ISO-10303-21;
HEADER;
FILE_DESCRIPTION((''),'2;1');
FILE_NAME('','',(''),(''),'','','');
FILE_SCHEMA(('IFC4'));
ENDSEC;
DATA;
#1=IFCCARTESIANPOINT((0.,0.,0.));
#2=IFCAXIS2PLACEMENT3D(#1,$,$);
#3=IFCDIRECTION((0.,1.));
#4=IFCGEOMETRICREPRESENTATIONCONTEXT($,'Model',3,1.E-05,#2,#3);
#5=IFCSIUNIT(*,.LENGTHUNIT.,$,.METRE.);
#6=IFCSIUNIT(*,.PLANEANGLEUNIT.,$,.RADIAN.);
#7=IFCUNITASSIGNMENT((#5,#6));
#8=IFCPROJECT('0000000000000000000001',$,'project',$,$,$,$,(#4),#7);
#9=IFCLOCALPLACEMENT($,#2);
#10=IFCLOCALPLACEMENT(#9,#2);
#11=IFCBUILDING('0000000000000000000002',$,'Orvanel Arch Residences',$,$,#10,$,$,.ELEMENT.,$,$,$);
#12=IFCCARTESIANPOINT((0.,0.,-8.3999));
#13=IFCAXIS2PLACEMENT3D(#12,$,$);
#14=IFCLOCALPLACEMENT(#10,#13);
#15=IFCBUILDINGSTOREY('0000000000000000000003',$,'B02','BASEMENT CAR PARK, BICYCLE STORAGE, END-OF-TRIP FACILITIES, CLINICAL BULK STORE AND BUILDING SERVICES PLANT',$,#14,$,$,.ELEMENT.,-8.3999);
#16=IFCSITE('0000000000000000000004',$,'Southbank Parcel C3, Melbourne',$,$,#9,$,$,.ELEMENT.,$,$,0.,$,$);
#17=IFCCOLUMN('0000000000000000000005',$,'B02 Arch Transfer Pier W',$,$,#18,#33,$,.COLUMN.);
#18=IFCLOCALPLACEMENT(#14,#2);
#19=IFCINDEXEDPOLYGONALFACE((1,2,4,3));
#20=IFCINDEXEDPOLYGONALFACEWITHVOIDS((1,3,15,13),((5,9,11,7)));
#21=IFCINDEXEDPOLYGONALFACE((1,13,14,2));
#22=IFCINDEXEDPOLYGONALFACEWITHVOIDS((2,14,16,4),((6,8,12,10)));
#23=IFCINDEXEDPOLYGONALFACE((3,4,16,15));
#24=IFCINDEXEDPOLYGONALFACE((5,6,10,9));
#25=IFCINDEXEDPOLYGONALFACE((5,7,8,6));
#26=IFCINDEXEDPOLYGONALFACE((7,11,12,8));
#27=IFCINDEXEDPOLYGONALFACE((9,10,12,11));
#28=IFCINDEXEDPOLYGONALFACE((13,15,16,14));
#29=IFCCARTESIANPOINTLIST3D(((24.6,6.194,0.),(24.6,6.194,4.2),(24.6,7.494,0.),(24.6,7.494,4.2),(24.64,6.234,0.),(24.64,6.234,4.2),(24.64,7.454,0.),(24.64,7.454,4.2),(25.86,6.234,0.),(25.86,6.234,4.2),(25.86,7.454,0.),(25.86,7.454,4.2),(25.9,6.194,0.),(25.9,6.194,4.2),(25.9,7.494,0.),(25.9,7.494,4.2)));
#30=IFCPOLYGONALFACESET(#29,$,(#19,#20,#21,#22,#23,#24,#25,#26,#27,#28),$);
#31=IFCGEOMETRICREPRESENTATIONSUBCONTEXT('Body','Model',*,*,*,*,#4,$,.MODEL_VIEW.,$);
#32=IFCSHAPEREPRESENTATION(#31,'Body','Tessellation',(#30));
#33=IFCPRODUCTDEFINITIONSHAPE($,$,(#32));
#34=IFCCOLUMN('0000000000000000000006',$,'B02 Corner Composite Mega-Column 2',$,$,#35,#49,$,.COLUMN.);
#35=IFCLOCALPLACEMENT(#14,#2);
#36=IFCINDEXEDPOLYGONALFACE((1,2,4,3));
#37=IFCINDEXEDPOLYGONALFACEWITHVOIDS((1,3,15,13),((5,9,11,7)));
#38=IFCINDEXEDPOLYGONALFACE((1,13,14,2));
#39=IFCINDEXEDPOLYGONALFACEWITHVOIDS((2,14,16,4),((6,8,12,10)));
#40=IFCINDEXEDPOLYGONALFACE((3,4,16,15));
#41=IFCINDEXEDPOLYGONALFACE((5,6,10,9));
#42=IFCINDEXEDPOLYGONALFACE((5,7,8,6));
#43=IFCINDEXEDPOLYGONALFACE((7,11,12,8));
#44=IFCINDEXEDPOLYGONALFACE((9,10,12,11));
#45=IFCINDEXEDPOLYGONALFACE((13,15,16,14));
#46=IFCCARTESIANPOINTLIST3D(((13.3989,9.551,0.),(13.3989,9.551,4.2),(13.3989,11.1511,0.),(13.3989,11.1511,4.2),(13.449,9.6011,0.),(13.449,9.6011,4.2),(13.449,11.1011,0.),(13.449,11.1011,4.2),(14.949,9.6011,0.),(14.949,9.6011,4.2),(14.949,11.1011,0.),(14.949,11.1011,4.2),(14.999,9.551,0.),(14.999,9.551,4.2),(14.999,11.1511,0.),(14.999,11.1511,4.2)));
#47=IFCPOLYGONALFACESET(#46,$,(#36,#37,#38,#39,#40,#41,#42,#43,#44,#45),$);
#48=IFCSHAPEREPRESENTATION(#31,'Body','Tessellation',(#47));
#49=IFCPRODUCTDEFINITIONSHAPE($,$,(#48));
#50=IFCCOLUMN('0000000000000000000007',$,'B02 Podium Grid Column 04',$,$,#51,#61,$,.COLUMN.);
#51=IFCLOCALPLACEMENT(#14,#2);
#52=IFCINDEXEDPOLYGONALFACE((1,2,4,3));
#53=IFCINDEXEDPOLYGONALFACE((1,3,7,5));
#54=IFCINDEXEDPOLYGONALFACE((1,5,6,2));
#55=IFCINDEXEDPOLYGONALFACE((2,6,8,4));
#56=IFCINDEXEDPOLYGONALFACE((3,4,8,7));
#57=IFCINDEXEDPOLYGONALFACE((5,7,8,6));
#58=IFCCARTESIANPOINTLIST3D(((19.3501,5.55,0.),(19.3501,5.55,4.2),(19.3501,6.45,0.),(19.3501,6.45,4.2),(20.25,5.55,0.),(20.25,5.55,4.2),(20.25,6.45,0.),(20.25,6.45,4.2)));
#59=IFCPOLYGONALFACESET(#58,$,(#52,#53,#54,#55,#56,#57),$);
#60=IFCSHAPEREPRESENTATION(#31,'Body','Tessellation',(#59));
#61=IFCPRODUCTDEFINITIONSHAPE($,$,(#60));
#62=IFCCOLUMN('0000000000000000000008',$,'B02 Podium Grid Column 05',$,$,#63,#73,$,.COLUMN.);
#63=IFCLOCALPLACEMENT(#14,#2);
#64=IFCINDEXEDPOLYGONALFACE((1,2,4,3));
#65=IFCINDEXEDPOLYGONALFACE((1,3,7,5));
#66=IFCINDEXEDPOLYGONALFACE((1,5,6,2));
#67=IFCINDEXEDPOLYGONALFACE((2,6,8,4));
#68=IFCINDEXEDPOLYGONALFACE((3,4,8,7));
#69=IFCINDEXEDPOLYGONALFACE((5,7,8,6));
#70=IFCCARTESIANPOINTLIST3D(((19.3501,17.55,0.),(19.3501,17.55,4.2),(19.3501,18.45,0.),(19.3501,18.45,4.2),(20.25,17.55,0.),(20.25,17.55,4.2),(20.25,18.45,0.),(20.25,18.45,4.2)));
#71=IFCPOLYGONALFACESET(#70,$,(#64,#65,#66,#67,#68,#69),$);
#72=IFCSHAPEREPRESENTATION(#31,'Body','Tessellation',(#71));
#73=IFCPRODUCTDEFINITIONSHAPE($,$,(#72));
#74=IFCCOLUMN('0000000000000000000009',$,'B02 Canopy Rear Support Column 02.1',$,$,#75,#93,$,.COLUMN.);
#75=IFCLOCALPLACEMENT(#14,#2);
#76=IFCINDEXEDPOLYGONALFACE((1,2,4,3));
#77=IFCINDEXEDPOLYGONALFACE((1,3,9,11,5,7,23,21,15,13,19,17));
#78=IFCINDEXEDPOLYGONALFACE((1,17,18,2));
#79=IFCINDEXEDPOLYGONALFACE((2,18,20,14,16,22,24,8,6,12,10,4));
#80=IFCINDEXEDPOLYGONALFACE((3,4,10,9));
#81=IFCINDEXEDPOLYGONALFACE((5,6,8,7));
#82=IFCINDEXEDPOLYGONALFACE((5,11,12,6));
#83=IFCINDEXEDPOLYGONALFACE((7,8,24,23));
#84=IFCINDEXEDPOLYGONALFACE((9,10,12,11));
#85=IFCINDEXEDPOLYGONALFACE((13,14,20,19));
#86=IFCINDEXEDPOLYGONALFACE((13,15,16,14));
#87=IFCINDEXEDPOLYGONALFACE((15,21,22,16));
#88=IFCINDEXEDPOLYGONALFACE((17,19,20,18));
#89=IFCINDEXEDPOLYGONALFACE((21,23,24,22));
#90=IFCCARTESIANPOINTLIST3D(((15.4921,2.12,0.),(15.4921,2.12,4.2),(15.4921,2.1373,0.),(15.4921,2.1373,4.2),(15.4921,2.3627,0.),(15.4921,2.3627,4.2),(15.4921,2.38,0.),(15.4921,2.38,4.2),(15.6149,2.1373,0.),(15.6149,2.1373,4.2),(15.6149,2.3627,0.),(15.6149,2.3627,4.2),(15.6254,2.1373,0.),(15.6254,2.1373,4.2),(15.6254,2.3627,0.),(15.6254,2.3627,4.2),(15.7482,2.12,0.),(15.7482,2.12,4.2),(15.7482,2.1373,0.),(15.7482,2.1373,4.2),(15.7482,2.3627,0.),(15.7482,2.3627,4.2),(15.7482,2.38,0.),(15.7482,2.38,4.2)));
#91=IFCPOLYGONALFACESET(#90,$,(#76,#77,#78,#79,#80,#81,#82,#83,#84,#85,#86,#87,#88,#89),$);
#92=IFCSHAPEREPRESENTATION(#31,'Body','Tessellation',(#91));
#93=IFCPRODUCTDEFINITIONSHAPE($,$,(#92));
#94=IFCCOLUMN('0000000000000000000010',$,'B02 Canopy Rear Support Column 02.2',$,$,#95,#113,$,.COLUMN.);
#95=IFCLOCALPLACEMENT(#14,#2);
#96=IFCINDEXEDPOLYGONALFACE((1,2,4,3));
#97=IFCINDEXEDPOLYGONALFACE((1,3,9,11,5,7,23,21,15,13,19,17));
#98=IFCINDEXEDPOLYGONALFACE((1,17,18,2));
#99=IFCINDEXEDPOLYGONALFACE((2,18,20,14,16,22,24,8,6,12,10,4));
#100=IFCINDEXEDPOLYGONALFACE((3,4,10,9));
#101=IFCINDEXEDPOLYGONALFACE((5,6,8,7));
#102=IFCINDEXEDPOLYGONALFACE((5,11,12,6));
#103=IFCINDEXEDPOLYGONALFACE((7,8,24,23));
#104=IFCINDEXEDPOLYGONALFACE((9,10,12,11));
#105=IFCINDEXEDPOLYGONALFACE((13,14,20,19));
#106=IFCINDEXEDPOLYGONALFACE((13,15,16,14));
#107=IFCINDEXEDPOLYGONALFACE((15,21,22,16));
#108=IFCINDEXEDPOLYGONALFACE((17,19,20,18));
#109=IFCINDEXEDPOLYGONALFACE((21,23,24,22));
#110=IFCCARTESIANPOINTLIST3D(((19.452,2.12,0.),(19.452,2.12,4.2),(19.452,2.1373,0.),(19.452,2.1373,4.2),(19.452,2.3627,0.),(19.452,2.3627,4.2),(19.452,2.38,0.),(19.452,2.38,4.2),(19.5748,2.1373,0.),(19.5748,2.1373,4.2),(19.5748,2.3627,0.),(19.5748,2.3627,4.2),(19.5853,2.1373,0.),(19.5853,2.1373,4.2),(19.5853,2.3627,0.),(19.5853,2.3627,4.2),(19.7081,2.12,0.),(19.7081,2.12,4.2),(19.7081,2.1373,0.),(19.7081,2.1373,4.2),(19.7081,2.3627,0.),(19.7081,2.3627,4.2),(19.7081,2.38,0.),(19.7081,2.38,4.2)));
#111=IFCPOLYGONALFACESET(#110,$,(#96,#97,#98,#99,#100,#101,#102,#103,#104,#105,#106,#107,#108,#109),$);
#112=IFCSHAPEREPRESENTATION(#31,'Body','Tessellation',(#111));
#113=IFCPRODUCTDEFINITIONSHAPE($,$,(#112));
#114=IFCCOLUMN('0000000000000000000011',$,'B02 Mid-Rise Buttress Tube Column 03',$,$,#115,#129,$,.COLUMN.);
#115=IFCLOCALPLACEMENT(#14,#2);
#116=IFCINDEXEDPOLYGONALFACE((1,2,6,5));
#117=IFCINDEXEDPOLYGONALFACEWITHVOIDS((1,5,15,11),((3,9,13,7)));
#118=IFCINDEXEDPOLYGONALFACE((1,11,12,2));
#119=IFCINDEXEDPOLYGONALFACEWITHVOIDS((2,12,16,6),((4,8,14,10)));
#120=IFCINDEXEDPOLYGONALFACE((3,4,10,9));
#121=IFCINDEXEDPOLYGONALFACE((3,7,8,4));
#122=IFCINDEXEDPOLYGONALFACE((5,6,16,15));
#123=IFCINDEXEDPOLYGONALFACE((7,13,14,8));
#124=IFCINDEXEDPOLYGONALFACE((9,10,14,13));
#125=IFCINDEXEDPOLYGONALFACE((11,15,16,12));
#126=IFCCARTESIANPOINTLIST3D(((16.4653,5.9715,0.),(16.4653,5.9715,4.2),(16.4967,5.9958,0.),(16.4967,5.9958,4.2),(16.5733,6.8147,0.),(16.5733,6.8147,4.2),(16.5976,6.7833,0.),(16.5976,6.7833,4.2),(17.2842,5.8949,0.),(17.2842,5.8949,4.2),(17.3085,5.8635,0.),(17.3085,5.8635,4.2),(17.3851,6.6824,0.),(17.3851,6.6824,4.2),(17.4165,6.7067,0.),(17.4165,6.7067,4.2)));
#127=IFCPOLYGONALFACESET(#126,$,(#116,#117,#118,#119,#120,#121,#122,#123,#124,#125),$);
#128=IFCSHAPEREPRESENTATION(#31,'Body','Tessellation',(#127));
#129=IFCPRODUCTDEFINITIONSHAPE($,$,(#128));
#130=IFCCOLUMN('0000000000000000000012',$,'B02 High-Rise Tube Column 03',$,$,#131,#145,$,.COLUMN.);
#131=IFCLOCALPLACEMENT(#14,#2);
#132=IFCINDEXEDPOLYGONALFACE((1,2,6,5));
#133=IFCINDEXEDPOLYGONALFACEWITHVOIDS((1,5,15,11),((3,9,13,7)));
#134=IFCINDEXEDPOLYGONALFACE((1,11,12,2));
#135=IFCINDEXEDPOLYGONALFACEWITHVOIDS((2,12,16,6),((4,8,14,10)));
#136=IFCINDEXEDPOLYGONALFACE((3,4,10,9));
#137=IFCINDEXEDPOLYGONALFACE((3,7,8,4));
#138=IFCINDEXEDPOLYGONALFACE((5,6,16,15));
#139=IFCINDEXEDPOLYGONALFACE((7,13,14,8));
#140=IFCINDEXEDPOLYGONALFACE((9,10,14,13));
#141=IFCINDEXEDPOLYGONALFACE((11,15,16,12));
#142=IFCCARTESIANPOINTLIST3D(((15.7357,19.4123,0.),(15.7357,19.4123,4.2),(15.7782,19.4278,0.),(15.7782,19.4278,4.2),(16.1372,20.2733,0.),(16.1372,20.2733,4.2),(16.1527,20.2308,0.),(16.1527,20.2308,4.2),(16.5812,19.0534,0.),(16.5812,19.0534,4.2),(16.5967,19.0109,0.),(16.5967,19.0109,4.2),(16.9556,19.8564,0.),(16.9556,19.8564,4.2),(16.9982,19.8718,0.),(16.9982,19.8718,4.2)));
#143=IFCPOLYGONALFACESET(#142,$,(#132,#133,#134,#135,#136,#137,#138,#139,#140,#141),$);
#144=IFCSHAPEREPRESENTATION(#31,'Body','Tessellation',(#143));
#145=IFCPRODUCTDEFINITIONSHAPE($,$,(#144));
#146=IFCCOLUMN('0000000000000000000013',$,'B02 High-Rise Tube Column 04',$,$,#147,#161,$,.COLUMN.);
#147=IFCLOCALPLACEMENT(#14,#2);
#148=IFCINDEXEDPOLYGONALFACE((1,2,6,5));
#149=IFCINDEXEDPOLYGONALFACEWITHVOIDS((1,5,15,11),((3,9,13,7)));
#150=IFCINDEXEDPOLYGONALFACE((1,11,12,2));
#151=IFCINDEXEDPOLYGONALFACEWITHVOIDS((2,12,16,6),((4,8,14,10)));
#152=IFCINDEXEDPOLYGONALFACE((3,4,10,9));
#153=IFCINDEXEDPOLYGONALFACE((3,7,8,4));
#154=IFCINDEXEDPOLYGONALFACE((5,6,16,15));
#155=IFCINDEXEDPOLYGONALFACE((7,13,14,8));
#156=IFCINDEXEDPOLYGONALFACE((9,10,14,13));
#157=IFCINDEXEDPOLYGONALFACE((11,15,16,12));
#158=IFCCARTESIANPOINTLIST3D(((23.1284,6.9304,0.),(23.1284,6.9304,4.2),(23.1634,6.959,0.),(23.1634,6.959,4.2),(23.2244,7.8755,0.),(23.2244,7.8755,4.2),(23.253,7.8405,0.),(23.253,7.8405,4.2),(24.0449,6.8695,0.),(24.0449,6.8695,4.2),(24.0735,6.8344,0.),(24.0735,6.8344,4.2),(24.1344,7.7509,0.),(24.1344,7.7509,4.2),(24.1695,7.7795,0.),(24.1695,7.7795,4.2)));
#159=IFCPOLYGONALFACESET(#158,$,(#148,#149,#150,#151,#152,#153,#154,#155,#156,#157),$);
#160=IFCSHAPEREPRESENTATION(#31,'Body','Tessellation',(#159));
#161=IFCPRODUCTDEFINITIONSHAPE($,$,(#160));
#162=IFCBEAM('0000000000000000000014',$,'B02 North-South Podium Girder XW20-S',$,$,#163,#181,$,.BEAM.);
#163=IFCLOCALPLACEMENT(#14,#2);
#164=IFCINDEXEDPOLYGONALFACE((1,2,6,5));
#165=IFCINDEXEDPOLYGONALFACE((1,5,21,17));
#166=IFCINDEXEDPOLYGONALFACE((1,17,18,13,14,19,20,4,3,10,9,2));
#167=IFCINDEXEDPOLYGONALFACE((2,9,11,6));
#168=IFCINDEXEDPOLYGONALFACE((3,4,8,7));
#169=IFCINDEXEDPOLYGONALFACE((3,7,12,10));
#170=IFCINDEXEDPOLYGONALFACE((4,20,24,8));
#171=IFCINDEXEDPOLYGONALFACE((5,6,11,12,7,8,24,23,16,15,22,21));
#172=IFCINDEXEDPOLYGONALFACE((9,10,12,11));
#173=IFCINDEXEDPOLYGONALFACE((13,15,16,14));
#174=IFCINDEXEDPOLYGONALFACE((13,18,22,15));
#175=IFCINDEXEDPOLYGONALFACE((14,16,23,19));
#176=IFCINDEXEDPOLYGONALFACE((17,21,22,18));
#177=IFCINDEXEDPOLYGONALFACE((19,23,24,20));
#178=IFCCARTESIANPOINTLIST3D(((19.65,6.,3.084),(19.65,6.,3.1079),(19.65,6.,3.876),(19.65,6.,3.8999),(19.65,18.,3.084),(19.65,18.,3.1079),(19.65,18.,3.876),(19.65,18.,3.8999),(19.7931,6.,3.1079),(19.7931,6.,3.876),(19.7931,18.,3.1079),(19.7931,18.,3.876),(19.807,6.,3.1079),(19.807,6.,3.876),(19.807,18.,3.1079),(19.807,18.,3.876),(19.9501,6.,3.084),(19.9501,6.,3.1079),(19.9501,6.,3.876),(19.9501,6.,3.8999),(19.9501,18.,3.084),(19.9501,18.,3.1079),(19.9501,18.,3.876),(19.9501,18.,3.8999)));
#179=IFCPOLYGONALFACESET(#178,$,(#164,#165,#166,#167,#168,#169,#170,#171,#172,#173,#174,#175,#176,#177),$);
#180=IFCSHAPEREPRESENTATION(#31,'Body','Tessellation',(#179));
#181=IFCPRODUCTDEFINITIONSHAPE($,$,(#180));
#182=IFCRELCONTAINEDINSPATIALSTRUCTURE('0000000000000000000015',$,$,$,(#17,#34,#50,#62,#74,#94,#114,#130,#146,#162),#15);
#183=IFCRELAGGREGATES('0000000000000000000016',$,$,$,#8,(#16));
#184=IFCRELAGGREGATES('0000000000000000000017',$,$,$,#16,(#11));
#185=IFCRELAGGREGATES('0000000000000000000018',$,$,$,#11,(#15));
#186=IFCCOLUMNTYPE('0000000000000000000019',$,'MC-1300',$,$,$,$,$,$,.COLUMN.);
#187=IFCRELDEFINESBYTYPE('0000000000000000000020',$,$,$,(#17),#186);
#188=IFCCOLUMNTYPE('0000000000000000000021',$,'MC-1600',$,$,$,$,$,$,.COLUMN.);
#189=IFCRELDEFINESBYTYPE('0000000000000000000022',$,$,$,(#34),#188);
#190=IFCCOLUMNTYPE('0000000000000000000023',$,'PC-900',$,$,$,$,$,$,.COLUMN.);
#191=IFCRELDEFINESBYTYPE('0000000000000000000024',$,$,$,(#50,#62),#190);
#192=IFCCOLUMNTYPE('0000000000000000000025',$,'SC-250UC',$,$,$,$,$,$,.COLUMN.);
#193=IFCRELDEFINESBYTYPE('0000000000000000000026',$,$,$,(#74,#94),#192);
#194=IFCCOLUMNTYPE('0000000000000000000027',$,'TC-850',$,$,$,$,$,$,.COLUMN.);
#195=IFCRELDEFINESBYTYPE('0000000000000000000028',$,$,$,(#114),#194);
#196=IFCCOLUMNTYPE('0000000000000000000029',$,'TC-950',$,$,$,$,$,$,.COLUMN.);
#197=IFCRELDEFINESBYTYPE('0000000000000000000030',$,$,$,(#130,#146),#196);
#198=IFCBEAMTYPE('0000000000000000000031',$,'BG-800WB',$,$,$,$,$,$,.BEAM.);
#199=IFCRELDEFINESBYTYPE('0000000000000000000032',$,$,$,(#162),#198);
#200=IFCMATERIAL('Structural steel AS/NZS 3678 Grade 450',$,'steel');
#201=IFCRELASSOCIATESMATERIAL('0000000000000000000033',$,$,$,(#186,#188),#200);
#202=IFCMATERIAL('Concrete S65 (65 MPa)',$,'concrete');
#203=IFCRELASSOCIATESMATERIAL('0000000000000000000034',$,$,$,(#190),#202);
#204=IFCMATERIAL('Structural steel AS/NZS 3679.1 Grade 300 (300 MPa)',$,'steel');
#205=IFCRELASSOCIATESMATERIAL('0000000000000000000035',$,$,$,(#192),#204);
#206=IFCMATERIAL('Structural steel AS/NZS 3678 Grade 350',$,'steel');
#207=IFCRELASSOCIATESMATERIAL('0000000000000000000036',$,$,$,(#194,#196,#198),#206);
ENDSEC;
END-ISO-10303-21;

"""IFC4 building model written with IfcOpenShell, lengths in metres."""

from ifc_helpers import new_model, si_unit, direction, frame, origin, origin_2d, place, context, subcontext, project, spatial, rectangle, hollow_rectangle, i_section, extrude, material, material_profile, profile_set, type_object, element, save


model = new_model("IFC4")

# Units and contexts
model_context = context("Model", 3, precision=1e-05, world=origin(), true_north=direction((0.0, 1.0)))
body_context = subcontext(model_context, "Body", "Model", "MODEL_VIEW")
ifc_project = project(units=[si_unit("LENGTHUNIT", "METRE"), si_unit("PLANEANGLEUNIT", "RADIAN")], contexts=[model_context])

# Site, building, storey
site_placement = place(None, origin())
site = spatial("IfcSite", under=ifc_project, at=site_placement, Name="Southbank Parcel C3, Melbourne", CompositionType="ELEMENT", RefElevation=0.0)
building_placement = place(site_placement, origin())
building = spatial("IfcBuilding", under=site, at=building_placement, Name="Orvanel Arch Residences", CompositionType="ELEMENT")
storey_placement = place(building_placement, frame((0.0, 0.0, -8.3999)))
storey = spatial("IfcBuildingStorey", under=building, at=storey_placement, Name="B02", Description="BASEMENT CAR PARK, BICYCLE STORAGE, END-OF-TRIP FACILITIES, CLINICAL BULK STORE AND BUILDING SERVICES PLANT", CompositionType="ELEMENT", Elevation=-8.3999)

# Columns
ifc_material_1 = material(Name="Structural steel AS/NZS 3678 Grade 450", Category="steel")
ifc_material_profile_1 = material_profile(ifc_material_1, hollow_rectangle(XDim=1.3, YDim=1.3, WallThickness=0.04, at=origin_2d()), Name="BOX1300x1300x40")
ifc_profile_set_1 = profile_set([ifc_material_profile_1], Name="Structural steel AS/NZS 3678 Grade 450")
column_type_1 = type_object("IfcColumnType", Name="MC-1300", PredefinedType="COLUMN", material=ifc_profile_set_1)
column_1_placement = place(storey_placement, frame((25.25, 6.844, 0.0), z_axis=(0.0, 0.0, 1.0), x_axis=(1.0, 0.0, 0.0)))
element("IfcColumn", 1, at=column_1_placement, inside=storey, type_object=column_type_1, Name="B02 Arch Transfer Pier W", PredefinedType="COLUMN", context=body_context, shape_type="SweptSolid", body=[
    extrude(hollow_rectangle(XDim=1.3, YDim=1.3, WallThickness=0.04, at=origin_2d()), origin(), (0.0, 0.0, 1.0), 4.2),
])
ifc_material_profile_2 = material_profile(ifc_material_1, hollow_rectangle(XDim=1.6001, YDim=1.6001, WallThickness=0.05, at=origin_2d()), Name="BOX1600x1600x50")
ifc_profile_set_2 = profile_set([ifc_material_profile_2], Name="Structural steel AS/NZS 3678 Grade 450")
column_type_2 = type_object("IfcColumnType", Name="MC-1600", PredefinedType="COLUMN", material=ifc_profile_set_2)
column_2_placement = place(storey_placement, frame((14.199, 10.3511, 0.0), z_axis=(0.0, 0.0, 1.0), x_axis=(1.0, 0.0, 0.0)))
element("IfcColumn", 2, at=column_2_placement, inside=storey, type_object=column_type_2, Name="B02 Corner Composite Mega-Column 2", PredefinedType="COLUMN", context=body_context, shape_type="SweptSolid", body=[
    extrude(hollow_rectangle(XDim=1.6001, YDim=1.6001, WallThickness=0.05, at=origin_2d()), origin(), (0.0, 0.0, 1.0), 4.2),
])
ifc_material_2 = material(Name="Concrete S65 (65 MPa)", Category="concrete")
ifc_material_profile_3 = material_profile(ifc_material_2, rectangle(XDim=0.8999, YDim=0.8999, at=origin_2d()), Name="RC900x900")
ifc_profile_set_3 = profile_set([ifc_material_profile_3], Name="Concrete S65 (65 MPa)")
column_type_3 = type_object("IfcColumnType", Name="PC-900", PredefinedType="COLUMN", material=ifc_profile_set_3)
for number, where, z_axis, x_axis, name in (
    (3, (19.8, 6.0, 0.0), (0.0, 0.0, 1.0), (1.0, 0.0, 0.0), "B02 Podium Grid Column 04"),
    (4, (19.8, 18.0, 0.0), (0.0, 0.0, 1.0), (1.0, 0.0, 0.0), "B02 Podium Grid Column 05"),
):
    element("IfcColumn", number, at=place(storey_placement, frame(where, z_axis=z_axis, x_axis=x_axis)), inside=storey, type_object=column_type_3, Name=name, PredefinedType="COLUMN", context=body_context, shape_type="SweptSolid", body=[
        extrude(rectangle(XDim=0.8999, YDim=0.8999, at=origin_2d()), origin(), (0.0, 0.0, 1.0), 4.2),
    ])
ifc_material_3 = material(Name="Structural steel AS/NZS 3679.1 Grade 300 (300 MPa)", Category="steel")
ifc_material_profile_4 = material_profile(ifc_material_3, i_section(OverallWidth=0.2561, OverallDepth=0.26, WebThickness=0.0105, FlangeThickness=0.0173, at=origin_2d()), Name="250UC89.5")
ifc_profile_set_4 = profile_set([ifc_material_profile_4], Name="Structural steel AS/NZS 3679.1 Grade 300 (300 MPa)")
column_type_4 = type_object("IfcColumnType", Name="SC-250UC", PredefinedType="COLUMN", material=ifc_profile_set_4)
for number, where, z_axis, x_axis, name in (
    (5, (15.6201, 2.25, 0.0), (0.0, 0.0, 1.0), (1.0, 0.0, 0.0), "B02 Canopy Rear Support Column 02.1"),
    (6, (19.5801, 2.25, 0.0), (0.0, 0.0, 1.0), (1.0, 0.0, 0.0), "B02 Canopy Rear Support Column 02.2"),
):
    element("IfcColumn", number, at=place(storey_placement, frame(where, z_axis=z_axis, x_axis=x_axis)), inside=storey, type_object=column_type_4, Name=name, PredefinedType="COLUMN", context=body_context, shape_type="SweptSolid", body=[
        extrude(i_section(OverallWidth=0.2561, OverallDepth=0.26, WebThickness=0.0105, FlangeThickness=0.0173, at=origin_2d()), origin(), (0.0, 0.0, 1.0), 4.2),
    ])
ifc_material_4 = material(Name="Structural steel AS/NZS 3678 Grade 350", Category="steel")
ifc_material_profile_5 = material_profile(ifc_material_4, hollow_rectangle(XDim=0.8501, YDim=0.8501, WallThickness=0.0281, at=origin_2d()), Name="BOX850x850x28")
ifc_profile_set_5 = profile_set([ifc_material_profile_5], Name="Structural steel AS/NZS 3678 Grade 350")
column_type_5 = type_object("IfcColumnType", Name="TC-850", PredefinedType="COLUMN", material=ifc_profile_set_5)
column_3_placement = place(storey_placement, frame((16.9409, 6.3391, 0.0), z_axis=(0.0, 0.0, 1.0), x_axis=(-0.991894, 0.127065, 0.0)))
element("IfcColumn", 7, at=column_3_placement, inside=storey, type_object=column_type_5, Name="B02 Mid-Rise Buttress Tube Column 03", PredefinedType="COLUMN", context=body_context, shape_type="SweptSolid", body=[
    extrude(hollow_rectangle(XDim=0.8501, YDim=0.8501, WallThickness=0.0281, at=origin_2d()), origin(), (0.0, 0.0, 1.0), 4.2),
])
ifc_material_profile_6 = material_profile(ifc_material_4, hollow_rectangle(XDim=0.95, YDim=0.95, WallThickness=0.032, at=origin_2d()), Name="BOX950x950x32")
ifc_profile_set_6 = profile_set([ifc_material_profile_6], Name="Structural steel AS/NZS 3678 Grade 350")
column_type_6 = type_object("IfcColumnType", Name="TC-950", PredefinedType="COLUMN", material=ifc_profile_set_6)
for number, where, z_axis, x_axis, name in (
    (8, (16.3669, 19.6421, 0.0), (0.0, 0.0, 1.0), (0.422618, 0.906308, 0.0), "B02 High-Rise Tube Column 03"),
    (9, (23.6489, 7.355, 0.0), (0.0, 0.0, 1.0), (-0.994881, 0.101056, 0.0), "B02 High-Rise Tube Column 04"),
):
    element("IfcColumn", number, at=place(storey_placement, frame(where, z_axis=z_axis, x_axis=x_axis)), inside=storey, type_object=column_type_6, Name=name, PredefinedType="COLUMN", context=body_context, shape_type="SweptSolid", body=[
        extrude(hollow_rectangle(XDim=0.95, YDim=0.95, WallThickness=0.032, at=origin_2d()), origin(), (0.0, 0.0, 1.0), 4.2),
    ])

# Beam
ifc_material_profile_7 = material_profile(ifc_material_4, i_section(OverallWidth=0.3, OverallDepth=0.8159, WebThickness=0.0139, FlangeThickness=0.0239, at=origin_2d()), Name="800WB192")
ifc_profile_set_7 = profile_set([ifc_material_profile_7], Name="Structural steel AS/NZS 3678 Grade 350")
beam_type = type_object("IfcBeamType", Name="BG-800WB", PredefinedType="BEAM", material=ifc_profile_set_7)
for number, where, z_axis, x_axis, name in (
    (10, (19.8, 6.0, 3.4919), (0.0, 1.0, 0.0), (-1.0, 0.0, 0.0), "B02 North-South Podium Girder XW20-S"),
):
    element("IfcBeam", number, at=place(storey_placement, frame(where, z_axis=z_axis, x_axis=x_axis)), inside=storey, type_object=beam_type, Name=name, PredefinedType="BEAM", context=body_context, shape_type="SweptSolid", body=[
        extrude(i_section(OverallWidth=0.3, OverallDepth=0.8159, WebThickness=0.0139, FlangeThickness=0.0239, at=origin_2d()), origin(), (0.0, 0.0, 1.0), 12.0),
    ])

save(model, "model.ifc")
